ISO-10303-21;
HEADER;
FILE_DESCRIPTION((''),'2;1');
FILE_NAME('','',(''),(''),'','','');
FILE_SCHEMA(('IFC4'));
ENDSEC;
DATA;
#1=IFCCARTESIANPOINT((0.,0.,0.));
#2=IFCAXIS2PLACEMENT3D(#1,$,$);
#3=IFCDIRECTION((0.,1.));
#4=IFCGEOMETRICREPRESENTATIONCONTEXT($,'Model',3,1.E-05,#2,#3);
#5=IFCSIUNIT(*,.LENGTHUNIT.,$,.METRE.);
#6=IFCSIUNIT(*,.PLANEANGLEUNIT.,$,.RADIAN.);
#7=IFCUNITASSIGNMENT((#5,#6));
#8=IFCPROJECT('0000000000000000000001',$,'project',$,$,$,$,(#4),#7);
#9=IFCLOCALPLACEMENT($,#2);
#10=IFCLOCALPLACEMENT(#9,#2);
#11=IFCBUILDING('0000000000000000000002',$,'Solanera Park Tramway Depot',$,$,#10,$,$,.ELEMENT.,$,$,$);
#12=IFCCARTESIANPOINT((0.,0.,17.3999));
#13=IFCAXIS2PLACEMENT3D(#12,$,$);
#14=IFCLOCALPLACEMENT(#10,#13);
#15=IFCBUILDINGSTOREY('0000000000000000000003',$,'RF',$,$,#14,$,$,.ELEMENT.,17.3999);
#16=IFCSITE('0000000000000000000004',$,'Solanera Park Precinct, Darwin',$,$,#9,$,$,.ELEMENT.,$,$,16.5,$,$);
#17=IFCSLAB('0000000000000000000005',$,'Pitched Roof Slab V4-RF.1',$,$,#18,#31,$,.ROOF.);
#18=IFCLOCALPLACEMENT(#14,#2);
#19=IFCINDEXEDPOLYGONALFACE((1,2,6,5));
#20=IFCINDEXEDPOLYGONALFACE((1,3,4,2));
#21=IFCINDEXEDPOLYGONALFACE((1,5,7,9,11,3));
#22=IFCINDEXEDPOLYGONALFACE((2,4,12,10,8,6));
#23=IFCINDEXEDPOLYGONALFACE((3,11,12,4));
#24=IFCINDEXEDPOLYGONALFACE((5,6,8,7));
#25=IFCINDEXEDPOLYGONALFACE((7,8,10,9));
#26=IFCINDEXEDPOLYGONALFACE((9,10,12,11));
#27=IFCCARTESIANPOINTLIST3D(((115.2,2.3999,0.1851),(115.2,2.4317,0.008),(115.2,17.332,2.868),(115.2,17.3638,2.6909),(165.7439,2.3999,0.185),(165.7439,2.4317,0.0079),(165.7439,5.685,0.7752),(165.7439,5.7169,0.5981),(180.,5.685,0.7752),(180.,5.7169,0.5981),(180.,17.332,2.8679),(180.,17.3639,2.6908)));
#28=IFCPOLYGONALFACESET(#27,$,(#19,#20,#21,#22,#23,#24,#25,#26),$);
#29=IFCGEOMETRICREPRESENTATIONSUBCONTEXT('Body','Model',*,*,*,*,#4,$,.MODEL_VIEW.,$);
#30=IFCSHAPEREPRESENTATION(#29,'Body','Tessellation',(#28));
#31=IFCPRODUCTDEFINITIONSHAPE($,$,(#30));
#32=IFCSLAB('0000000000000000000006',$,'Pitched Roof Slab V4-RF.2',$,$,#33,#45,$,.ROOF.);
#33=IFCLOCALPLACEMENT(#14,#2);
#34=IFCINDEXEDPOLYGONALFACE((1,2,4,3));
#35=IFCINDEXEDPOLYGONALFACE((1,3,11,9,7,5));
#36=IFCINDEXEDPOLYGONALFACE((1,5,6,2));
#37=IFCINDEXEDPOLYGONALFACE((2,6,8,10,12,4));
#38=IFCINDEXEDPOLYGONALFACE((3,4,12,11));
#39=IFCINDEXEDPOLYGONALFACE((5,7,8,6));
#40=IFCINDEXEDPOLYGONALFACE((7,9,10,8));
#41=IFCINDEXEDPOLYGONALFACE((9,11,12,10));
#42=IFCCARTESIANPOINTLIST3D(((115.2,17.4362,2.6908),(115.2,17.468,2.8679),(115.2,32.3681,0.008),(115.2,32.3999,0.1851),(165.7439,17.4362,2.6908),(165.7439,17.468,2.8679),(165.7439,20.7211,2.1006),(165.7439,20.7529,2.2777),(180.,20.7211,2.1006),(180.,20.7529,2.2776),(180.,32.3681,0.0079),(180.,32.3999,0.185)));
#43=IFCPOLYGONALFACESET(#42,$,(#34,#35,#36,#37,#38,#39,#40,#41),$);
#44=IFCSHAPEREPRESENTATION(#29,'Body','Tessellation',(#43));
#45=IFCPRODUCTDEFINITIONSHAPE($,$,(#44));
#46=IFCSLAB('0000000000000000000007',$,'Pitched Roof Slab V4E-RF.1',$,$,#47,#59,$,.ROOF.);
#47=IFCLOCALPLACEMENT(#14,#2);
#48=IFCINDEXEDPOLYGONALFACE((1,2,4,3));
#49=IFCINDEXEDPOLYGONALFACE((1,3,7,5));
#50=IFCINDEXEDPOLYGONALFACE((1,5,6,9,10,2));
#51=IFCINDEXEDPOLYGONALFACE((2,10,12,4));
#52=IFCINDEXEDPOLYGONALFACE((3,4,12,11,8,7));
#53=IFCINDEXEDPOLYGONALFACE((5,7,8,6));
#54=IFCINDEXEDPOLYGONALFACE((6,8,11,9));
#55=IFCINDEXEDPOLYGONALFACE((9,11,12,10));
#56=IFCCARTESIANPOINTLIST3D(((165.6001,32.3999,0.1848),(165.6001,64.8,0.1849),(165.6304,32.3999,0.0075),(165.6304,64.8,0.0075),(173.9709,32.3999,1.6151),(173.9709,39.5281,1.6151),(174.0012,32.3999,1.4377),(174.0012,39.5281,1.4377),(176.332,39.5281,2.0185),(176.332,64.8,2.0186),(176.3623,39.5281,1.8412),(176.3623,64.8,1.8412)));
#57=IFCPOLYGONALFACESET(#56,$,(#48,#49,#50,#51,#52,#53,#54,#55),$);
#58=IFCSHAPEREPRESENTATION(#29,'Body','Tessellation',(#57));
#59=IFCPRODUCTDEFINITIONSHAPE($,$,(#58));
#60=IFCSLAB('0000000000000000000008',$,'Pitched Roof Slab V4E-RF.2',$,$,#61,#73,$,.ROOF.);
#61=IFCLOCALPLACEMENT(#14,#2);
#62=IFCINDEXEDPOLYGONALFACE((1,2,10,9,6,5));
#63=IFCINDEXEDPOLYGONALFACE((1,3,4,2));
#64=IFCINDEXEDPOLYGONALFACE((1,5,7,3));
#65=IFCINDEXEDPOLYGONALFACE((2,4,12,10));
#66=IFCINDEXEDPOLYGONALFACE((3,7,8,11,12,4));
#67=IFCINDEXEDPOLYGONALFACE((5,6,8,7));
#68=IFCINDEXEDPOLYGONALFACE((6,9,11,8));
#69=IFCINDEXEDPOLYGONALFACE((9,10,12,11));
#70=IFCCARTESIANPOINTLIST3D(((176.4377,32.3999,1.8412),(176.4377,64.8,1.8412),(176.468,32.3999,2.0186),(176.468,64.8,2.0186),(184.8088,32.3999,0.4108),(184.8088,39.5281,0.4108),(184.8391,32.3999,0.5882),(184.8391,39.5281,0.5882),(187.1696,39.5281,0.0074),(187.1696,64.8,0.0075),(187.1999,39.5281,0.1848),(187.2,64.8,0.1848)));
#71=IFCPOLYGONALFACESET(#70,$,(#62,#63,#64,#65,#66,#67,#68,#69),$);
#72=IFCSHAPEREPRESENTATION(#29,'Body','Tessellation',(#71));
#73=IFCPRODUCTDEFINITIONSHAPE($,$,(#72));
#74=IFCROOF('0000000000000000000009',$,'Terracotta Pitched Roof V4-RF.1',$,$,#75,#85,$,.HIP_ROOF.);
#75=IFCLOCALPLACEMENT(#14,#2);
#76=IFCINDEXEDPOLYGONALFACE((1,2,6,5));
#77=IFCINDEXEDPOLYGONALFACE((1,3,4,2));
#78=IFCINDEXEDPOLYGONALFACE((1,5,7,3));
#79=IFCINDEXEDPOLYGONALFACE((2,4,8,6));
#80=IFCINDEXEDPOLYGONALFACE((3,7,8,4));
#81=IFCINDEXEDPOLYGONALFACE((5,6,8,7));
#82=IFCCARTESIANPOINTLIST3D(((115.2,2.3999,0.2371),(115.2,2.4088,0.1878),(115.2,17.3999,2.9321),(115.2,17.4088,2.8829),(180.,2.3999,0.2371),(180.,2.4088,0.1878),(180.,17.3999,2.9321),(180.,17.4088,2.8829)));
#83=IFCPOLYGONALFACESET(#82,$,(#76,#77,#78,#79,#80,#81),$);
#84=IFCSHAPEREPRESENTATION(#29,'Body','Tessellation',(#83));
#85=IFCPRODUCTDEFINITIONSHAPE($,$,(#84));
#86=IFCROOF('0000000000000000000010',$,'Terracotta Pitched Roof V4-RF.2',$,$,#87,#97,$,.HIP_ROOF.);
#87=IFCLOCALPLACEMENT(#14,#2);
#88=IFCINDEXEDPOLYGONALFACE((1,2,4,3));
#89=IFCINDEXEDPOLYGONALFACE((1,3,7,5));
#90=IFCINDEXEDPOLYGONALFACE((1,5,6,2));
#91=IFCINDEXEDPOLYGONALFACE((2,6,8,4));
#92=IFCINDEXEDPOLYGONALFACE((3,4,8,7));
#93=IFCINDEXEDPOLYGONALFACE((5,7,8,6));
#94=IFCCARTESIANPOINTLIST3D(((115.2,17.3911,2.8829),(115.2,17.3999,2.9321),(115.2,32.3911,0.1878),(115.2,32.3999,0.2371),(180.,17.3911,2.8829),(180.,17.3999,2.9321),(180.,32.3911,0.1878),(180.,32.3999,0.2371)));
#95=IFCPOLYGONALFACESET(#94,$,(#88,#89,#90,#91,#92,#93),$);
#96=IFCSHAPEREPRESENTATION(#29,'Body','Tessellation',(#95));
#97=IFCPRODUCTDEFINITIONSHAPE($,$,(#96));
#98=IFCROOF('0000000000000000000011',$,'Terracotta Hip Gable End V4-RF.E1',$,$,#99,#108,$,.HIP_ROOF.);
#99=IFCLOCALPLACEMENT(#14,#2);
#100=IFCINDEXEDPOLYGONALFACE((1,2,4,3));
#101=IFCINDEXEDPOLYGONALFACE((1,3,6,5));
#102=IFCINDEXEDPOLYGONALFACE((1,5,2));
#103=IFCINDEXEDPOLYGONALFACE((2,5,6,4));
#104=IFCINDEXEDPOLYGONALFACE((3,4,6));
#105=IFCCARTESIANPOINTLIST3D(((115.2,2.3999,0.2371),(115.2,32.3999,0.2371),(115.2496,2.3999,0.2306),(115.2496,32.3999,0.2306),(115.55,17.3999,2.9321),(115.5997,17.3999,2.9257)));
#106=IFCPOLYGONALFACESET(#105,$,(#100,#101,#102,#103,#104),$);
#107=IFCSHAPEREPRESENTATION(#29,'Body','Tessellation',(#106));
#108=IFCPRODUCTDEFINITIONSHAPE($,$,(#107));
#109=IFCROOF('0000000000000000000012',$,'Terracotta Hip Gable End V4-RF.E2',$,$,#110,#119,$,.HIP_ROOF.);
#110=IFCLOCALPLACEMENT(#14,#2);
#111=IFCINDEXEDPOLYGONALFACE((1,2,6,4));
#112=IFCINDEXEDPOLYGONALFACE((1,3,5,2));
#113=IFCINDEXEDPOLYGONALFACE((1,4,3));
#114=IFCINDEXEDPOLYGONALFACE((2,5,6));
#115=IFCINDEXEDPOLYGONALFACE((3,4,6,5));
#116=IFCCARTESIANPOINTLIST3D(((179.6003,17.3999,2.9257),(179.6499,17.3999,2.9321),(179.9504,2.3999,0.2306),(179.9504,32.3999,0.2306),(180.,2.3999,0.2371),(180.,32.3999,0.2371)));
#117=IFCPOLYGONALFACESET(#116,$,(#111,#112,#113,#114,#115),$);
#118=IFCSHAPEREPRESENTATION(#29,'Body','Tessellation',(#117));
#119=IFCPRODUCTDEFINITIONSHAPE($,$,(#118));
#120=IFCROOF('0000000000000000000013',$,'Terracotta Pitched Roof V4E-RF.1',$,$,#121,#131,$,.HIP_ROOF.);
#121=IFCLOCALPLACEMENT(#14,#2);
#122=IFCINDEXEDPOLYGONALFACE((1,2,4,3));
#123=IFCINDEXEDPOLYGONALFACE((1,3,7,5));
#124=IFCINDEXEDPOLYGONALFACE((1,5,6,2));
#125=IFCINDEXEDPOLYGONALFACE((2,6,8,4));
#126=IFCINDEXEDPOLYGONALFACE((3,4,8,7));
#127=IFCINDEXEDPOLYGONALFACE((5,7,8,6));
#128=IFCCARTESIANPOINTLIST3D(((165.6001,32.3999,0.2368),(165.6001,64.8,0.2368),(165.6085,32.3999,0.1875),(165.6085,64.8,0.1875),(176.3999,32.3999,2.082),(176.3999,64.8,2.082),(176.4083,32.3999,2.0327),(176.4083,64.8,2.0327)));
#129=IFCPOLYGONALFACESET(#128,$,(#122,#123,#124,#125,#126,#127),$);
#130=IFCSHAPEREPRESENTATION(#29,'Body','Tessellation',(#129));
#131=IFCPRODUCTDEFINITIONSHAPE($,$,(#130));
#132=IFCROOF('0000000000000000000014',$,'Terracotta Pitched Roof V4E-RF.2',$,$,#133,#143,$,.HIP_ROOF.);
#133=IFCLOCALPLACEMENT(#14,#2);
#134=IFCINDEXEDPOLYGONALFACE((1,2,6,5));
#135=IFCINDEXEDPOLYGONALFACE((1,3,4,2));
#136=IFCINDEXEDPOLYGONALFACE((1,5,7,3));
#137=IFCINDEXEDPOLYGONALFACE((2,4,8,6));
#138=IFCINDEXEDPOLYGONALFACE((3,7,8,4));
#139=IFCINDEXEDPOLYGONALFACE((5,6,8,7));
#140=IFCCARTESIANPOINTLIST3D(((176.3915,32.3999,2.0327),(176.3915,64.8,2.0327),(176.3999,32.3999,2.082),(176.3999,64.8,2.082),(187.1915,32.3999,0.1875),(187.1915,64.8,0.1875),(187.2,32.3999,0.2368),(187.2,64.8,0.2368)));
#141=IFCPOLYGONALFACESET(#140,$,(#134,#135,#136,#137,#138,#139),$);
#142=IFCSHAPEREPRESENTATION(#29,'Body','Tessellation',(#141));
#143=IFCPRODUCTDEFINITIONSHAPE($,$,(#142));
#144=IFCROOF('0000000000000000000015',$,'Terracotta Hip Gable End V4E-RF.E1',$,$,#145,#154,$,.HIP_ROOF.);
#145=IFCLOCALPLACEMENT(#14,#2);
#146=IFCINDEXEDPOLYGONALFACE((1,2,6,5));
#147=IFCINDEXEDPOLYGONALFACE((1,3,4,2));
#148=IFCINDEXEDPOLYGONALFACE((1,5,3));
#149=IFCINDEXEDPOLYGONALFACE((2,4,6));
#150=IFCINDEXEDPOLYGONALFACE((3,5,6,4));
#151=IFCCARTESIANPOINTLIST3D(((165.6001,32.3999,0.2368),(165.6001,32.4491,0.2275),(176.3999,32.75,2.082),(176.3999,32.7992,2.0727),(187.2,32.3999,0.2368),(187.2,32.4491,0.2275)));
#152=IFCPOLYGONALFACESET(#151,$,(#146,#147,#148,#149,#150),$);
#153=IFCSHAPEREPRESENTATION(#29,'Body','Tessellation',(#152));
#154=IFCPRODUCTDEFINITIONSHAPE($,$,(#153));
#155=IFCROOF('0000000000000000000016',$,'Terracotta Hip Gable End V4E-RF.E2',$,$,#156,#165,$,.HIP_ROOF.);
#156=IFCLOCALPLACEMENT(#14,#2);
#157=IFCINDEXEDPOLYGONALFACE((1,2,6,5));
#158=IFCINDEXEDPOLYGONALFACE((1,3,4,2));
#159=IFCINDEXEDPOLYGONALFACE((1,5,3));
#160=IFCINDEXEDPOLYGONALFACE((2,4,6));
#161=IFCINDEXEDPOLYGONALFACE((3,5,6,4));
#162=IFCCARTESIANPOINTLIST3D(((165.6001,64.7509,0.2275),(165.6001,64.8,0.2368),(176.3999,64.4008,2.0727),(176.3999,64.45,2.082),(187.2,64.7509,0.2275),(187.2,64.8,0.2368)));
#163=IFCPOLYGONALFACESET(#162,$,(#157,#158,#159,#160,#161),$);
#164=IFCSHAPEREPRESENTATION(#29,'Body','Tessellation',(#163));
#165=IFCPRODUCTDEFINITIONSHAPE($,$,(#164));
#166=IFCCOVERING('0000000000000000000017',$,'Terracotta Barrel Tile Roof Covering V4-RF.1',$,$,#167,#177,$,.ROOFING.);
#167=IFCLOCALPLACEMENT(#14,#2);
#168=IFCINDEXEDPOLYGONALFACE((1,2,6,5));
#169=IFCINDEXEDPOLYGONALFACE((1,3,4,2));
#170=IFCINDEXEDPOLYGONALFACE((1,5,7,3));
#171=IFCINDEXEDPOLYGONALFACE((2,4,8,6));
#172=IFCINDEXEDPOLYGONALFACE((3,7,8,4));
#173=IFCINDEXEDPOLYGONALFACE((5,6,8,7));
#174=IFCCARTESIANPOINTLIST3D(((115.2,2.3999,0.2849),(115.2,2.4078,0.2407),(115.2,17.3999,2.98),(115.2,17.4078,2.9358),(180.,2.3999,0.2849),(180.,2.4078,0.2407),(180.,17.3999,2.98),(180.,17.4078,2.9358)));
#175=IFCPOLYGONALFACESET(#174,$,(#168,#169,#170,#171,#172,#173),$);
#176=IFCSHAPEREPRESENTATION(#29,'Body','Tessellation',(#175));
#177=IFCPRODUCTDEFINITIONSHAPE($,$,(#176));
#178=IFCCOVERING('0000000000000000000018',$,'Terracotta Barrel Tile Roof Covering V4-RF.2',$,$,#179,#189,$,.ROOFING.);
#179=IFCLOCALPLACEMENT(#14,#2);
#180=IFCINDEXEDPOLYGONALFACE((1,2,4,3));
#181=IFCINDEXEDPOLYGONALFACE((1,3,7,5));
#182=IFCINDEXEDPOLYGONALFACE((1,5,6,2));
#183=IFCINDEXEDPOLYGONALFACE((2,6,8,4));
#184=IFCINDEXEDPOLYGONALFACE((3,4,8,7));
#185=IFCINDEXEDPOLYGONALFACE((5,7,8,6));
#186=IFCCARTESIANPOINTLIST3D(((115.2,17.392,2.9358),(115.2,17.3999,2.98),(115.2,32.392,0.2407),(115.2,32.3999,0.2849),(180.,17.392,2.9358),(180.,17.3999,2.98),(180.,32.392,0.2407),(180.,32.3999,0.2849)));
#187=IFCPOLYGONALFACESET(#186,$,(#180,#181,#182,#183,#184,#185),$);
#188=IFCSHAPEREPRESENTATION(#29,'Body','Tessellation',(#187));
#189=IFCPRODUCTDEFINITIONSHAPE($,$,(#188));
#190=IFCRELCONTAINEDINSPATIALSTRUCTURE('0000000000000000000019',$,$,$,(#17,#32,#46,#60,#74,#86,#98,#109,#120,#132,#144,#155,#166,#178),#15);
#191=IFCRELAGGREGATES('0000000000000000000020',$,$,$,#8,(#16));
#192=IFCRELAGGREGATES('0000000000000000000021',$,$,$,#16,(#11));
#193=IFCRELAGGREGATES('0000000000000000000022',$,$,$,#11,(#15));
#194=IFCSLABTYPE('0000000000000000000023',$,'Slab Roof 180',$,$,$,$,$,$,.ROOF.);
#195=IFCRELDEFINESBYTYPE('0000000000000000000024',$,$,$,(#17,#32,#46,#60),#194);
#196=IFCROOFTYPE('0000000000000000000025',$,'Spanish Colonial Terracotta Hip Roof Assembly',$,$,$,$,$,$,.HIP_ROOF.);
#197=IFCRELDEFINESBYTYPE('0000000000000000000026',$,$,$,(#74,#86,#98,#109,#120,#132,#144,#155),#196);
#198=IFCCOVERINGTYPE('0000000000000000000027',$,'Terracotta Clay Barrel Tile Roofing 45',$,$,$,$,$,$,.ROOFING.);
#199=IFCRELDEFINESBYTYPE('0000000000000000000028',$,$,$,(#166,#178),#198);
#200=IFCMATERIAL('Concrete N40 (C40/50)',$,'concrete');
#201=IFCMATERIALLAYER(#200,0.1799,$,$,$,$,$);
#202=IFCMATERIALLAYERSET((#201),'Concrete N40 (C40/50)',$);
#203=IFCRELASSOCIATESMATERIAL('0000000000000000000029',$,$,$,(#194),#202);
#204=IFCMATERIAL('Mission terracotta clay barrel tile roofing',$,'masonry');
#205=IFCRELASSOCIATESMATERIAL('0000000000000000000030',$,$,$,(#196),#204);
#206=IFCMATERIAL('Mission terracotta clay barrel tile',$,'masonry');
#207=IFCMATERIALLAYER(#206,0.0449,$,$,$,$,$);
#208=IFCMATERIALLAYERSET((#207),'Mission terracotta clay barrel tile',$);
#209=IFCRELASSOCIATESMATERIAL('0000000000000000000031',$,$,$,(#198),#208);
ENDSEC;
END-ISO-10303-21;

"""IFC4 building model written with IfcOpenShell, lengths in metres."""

from ifc_helpers import new_model, si_unit, direction, frame, origin, place, context, subcontext, project, spatial, polyline, outline, extrude, material, layer, layer_set, type_object, element, save


model = new_model("IFC4")

# Units and contexts
model_context = context("Model", 3, precision=1e-05, world=origin(), true_north=direction((0.0, 1.0)))
body_context = subcontext(model_context, "Body", "Model", "MODEL_VIEW")
ifc_project = project(units=[si_unit("LENGTHUNIT", "METRE"), si_unit("PLANEANGLEUNIT", "RADIAN")], contexts=[model_context])

# Site, building, storey
site_placement = place(None, origin())
site = spatial("IfcSite", under=ifc_project, at=site_placement, Name="Solanera Park Precinct, Darwin", CompositionType="ELEMENT", RefElevation=16.5)
building_placement = place(site_placement, origin())
building = spatial("IfcBuilding", under=site, at=building_placement, Name="Solanera Park Tramway Depot", CompositionType="ELEMENT")
storey_placement = place(building_placement, frame((0.0, 0.0, 17.3999)))
storey = spatial("IfcBuildingStorey", under=building, at=storey_placement, Name="RF", CompositionType="ELEMENT", Elevation=17.3999)

# Slabs
ifc_material_1 = material(Name="Concrete N40 (C40/50)", Category="concrete")
ifc_layer_1 = layer(ifc_material_1, 0.1799)
ifc_layer_set_1 = layer_set([ifc_layer_1], Name="Concrete N40 (C40/50)")
slab_type = type_object("IfcSlabType", Name="Slab Roof 180", PredefinedType="ROOF", material=ifc_layer_set_1)
slab_1_placement = place(storey_placement, frame((115.2, 2.3999, 0.1851), z_axis=(0.000001, -0.176841, 0.984239), x_axis=(1.0, 0.0, -0.000001)))
element("IfcSlab", 1, at=slab_1_placement, inside=storey, type_object=slab_type, Name="Pitched Roof Slab V4-RF.1", PredefinedType="ROOF", context=body_context, shape_type="SweptSolid", body=[
    extrude(outline(polyline([(0.0, 0.0), (50.5439, 0.0), (50.5439, 3.3377), (64.8, 3.3377), (64.8, 15.1712), (0.0, 15.1712), (0.0, 0.0)])), origin(), (0.0, 0.0, -1.0), 0.1799),
])
slab_2_placement = place(storey_placement, frame((115.2, 17.468, 2.8679), z_axis=(0.000001, 0.17684, 0.98424), x_axis=(1.0, 0.0, -0.000001)))
element("IfcSlab", 2, at=slab_2_placement, inside=storey, type_object=slab_type, Name="Pitched Roof Slab V4-RF.2", PredefinedType="ROOF", context=body_context, shape_type="SweptSolid", body=[
    extrude(outline(polyline([(0.0, 0.0), (50.5439, 0.0), (50.5439, 3.3375), (64.8, 3.3375), (64.8, 15.171), (0.0, 15.171), (0.0, 0.0)])), origin(), (0.0, 0.0, -1.0), 0.1799),
])
slab_3_placement = place(storey_placement, frame((165.6001, 32.3999, 0.1848), z_axis=(-0.168424, -0.000002, 0.985715), x_axis=(0.985715, 0.0, 0.168424)))
element("IfcSlab", 3, at=slab_3_placement, inside=storey, type_object=slab_type, Name="Pitched Roof Slab V4E-RF.1", PredefinedType="ROOF", context=body_context, shape_type="SweptSolid", body=[
    extrude(outline(polyline([(0.0, 0.0), (8.4921, 0.0), (8.4921, 7.1282), (10.8875, 7.1282), (10.8875, 32.4001), (0.0, 32.4001), (0.0, 0.0)])), origin(), (0.0, 0.0, -1.0), 0.1799),
])
slab_4_placement = place(storey_placement, frame((176.468, 32.3999, 2.0186), z_axis=(0.168428, -0.000001, 0.985714), x_axis=(0.985714, 0.0, -0.168428)))
element("IfcSlab", 4, at=slab_4_placement, inside=storey, type_object=slab_type, Name="Pitched Roof Slab V4E-RF.2", PredefinedType="ROOF", context=body_context, shape_type="SweptSolid", body=[
    extrude(outline(polyline([(0.0, 0.0), (8.4924, 0.0), (8.4924, 7.1282), (10.8875, 7.1282), (10.8875, 32.4001), (0.0, 32.4001), (0.0, 0.0)])), origin(), (0.0, 0.0, -1.0), 0.1799),
])

# Roofs
ifc_material_2 = material(Name="Mission terracotta clay barrel tile roofing", Category="masonry")
roof_type = type_object("IfcRoofType", Name="Spanish Colonial Terracotta Hip Roof Assembly", PredefinedType="HIP_ROOF", material=ifc_material_2)
for number, where, z_axis, x_axis, name in (
    (5, (115.2, 2.3999, 0.2371), (0.0, -0.17684, 0.98424), (1.0, 0.0, 0.0), "Terracotta Pitched Roof V4-RF.1"),
    (6, (115.2, 17.3999, 2.9321), (0.0, 0.17684, 0.98424), (1.0, 0.0, 0.0), "Terracotta Pitched Roof V4-RF.2"),
):
    element("IfcRoof", number, at=place(storey_placement, frame(where, z_axis=z_axis, x_axis=x_axis)), inside=storey, type_object=roof_type, Name=name, PredefinedType="HIP_ROOF", context=body_context, shape_type="SweptSolid", body=[
        extrude(outline(polyline([(0.0, 0.0), (64.8, 0.0), (64.8, 15.2402), (0.0, 15.2402), (0.0, 0.0)])), origin(), (0.0, 0.0, -1.0), 0.05),
    ])
for number, where, z_axis, x_axis, name in (
    (7, (115.2, 32.3999, 0.2371), (-0.991668, 0.0, 0.128821), (0.0, -1.0, 0.0), "Terracotta Hip Gable End V4-RF.E1"),
    (8, (180.0, 2.3999, 0.2371), (0.991668, 0.0, 0.128821), (0.0, 1.0, 0.0), "Terracotta Hip Gable End V4-RF.E2"),
):
    element("IfcRoof", number, at=place(storey_placement, frame(where, z_axis=z_axis, x_axis=x_axis)), inside=storey, type_object=roof_type, Name=name, PredefinedType="HIP_ROOF", context=body_context, shape_type="SweptSolid", body=[
        extrude(outline(polyline([(0.0, 0.0), (30.0, 0.0), (15.0, 2.7177), (0.0, 0.0)])), origin(), (0.0, 0.0, -1.0), 0.05),
    ])
roof_1_placement = place(storey_placement, frame((165.6001, 32.3999, 0.2368), z_axis=(-0.168416, 0.0, 0.985716), x_axis=(0.985716, 0.0, 0.168416)))
element("IfcRoof", 9, at=roof_1_placement, inside=storey, type_object=roof_type, Name="Terracotta Pitched Roof V4E-RF.1", PredefinedType="HIP_ROOF", context=body_context, shape_type="SweptSolid", body=[
    extrude(outline(polyline([(0.0, 0.0), (10.9563, 0.0), (10.9563, 32.4001), (0.0, 32.4001), (0.0, 0.0)])), origin(), (0.0, 0.0, -1.0), 0.05),
])
roof_2_placement = place(storey_placement, frame((176.3999, 32.3999, 2.082), z_axis=(0.168412, 0.0, 0.985717), x_axis=(0.985717, 0.0, -0.168412)))
element("IfcRoof", 10, at=roof_2_placement, inside=storey, type_object=roof_type, Name="Terracotta Pitched Roof V4E-RF.2", PredefinedType="HIP_ROOF", context=body_context, shape_type="SweptSolid", body=[
    extrude(outline(polyline([(0.0, 0.0), (10.9565, 0.0), (10.9565, 32.4001), (0.0, 32.4001), (0.0, 0.0)])), origin(), (0.0, 0.0, -1.0), 0.05),
])
roof_3_placement = place(storey_placement, frame((165.6001, 32.3999, 0.2368), z_axis=(0.0, -0.982473, 0.186407), x_axis=(1.0, 0.0, 0.0)))
element("IfcRoof", 11, at=roof_3_placement, inside=storey, type_object=roof_type, Name="Terracotta Hip Gable End V4E-RF.E1", PredefinedType="HIP_ROOF", context=body_context, shape_type="SweptSolid", body=[
    extrude(outline(polyline([(0.0, 0.0), (21.5999, 0.0), (10.7998, 1.8781), (0.0, 0.0)])), origin(), (0.0, 0.0, -1.0), 0.05),
])
roof_4_placement = place(storey_placement, frame((187.2, 64.8, 0.2368), z_axis=(0.0, 0.982473, 0.186407), x_axis=(-1.0, 0.0, 0.0)))
element("IfcRoof", 12, at=roof_4_placement, inside=storey, type_object=roof_type, Name="Terracotta Hip Gable End V4E-RF.E2", PredefinedType="HIP_ROOF", context=body_context, shape_type="SweptSolid", body=[
    extrude(outline(polyline([(0.0, 0.0), (21.5999, 0.0), (10.8, 1.8781), (0.0, 0.0)])), origin(), (0.0, 0.0, -1.0), 0.05),
])

# Coverings
ifc_material_3 = material(Name="Mission terracotta clay barrel tile", Category="masonry")
ifc_layer_2 = layer(ifc_material_3, 0.0449)
ifc_layer_set_2 = layer_set([ifc_layer_2], Name="Mission terracotta clay barrel tile")
covering_type = type_object("IfcCoveringType", Name="Terracotta Clay Barrel Tile Roofing 45", PredefinedType="ROOFING", material=ifc_layer_set_2)
for number, where, z_axis, x_axis, name in (
    (13, (115.2, 2.3999, 0.2849), (0.0, -0.17684, 0.98424), (1.0, 0.0, 0.0), "Terracotta Barrel Tile Roof Covering V4-RF.1"),
    (14, (115.2, 17.3999, 2.98), (0.0, 0.17684, 0.98424), (1.0, 0.0, 0.0), "Terracotta Barrel Tile Roof Covering V4-RF.2"),
):
    element("IfcCovering", number, at=place(storey_placement, frame(where, z_axis=z_axis, x_axis=x_axis)), inside=storey, type_object=covering_type, Name=name, PredefinedType="ROOFING", context=body_context, shape_type="SweptSolid", body=[
        extrude(outline(polyline([(0.0, 0.0), (64.8, 0.0), (64.8, 15.2402), (0.0, 15.2402), (0.0, 0.0)])), origin(), (0.0, 0.0, -1.0), 0.0449),
    ])

save(model, "model.ifc")
